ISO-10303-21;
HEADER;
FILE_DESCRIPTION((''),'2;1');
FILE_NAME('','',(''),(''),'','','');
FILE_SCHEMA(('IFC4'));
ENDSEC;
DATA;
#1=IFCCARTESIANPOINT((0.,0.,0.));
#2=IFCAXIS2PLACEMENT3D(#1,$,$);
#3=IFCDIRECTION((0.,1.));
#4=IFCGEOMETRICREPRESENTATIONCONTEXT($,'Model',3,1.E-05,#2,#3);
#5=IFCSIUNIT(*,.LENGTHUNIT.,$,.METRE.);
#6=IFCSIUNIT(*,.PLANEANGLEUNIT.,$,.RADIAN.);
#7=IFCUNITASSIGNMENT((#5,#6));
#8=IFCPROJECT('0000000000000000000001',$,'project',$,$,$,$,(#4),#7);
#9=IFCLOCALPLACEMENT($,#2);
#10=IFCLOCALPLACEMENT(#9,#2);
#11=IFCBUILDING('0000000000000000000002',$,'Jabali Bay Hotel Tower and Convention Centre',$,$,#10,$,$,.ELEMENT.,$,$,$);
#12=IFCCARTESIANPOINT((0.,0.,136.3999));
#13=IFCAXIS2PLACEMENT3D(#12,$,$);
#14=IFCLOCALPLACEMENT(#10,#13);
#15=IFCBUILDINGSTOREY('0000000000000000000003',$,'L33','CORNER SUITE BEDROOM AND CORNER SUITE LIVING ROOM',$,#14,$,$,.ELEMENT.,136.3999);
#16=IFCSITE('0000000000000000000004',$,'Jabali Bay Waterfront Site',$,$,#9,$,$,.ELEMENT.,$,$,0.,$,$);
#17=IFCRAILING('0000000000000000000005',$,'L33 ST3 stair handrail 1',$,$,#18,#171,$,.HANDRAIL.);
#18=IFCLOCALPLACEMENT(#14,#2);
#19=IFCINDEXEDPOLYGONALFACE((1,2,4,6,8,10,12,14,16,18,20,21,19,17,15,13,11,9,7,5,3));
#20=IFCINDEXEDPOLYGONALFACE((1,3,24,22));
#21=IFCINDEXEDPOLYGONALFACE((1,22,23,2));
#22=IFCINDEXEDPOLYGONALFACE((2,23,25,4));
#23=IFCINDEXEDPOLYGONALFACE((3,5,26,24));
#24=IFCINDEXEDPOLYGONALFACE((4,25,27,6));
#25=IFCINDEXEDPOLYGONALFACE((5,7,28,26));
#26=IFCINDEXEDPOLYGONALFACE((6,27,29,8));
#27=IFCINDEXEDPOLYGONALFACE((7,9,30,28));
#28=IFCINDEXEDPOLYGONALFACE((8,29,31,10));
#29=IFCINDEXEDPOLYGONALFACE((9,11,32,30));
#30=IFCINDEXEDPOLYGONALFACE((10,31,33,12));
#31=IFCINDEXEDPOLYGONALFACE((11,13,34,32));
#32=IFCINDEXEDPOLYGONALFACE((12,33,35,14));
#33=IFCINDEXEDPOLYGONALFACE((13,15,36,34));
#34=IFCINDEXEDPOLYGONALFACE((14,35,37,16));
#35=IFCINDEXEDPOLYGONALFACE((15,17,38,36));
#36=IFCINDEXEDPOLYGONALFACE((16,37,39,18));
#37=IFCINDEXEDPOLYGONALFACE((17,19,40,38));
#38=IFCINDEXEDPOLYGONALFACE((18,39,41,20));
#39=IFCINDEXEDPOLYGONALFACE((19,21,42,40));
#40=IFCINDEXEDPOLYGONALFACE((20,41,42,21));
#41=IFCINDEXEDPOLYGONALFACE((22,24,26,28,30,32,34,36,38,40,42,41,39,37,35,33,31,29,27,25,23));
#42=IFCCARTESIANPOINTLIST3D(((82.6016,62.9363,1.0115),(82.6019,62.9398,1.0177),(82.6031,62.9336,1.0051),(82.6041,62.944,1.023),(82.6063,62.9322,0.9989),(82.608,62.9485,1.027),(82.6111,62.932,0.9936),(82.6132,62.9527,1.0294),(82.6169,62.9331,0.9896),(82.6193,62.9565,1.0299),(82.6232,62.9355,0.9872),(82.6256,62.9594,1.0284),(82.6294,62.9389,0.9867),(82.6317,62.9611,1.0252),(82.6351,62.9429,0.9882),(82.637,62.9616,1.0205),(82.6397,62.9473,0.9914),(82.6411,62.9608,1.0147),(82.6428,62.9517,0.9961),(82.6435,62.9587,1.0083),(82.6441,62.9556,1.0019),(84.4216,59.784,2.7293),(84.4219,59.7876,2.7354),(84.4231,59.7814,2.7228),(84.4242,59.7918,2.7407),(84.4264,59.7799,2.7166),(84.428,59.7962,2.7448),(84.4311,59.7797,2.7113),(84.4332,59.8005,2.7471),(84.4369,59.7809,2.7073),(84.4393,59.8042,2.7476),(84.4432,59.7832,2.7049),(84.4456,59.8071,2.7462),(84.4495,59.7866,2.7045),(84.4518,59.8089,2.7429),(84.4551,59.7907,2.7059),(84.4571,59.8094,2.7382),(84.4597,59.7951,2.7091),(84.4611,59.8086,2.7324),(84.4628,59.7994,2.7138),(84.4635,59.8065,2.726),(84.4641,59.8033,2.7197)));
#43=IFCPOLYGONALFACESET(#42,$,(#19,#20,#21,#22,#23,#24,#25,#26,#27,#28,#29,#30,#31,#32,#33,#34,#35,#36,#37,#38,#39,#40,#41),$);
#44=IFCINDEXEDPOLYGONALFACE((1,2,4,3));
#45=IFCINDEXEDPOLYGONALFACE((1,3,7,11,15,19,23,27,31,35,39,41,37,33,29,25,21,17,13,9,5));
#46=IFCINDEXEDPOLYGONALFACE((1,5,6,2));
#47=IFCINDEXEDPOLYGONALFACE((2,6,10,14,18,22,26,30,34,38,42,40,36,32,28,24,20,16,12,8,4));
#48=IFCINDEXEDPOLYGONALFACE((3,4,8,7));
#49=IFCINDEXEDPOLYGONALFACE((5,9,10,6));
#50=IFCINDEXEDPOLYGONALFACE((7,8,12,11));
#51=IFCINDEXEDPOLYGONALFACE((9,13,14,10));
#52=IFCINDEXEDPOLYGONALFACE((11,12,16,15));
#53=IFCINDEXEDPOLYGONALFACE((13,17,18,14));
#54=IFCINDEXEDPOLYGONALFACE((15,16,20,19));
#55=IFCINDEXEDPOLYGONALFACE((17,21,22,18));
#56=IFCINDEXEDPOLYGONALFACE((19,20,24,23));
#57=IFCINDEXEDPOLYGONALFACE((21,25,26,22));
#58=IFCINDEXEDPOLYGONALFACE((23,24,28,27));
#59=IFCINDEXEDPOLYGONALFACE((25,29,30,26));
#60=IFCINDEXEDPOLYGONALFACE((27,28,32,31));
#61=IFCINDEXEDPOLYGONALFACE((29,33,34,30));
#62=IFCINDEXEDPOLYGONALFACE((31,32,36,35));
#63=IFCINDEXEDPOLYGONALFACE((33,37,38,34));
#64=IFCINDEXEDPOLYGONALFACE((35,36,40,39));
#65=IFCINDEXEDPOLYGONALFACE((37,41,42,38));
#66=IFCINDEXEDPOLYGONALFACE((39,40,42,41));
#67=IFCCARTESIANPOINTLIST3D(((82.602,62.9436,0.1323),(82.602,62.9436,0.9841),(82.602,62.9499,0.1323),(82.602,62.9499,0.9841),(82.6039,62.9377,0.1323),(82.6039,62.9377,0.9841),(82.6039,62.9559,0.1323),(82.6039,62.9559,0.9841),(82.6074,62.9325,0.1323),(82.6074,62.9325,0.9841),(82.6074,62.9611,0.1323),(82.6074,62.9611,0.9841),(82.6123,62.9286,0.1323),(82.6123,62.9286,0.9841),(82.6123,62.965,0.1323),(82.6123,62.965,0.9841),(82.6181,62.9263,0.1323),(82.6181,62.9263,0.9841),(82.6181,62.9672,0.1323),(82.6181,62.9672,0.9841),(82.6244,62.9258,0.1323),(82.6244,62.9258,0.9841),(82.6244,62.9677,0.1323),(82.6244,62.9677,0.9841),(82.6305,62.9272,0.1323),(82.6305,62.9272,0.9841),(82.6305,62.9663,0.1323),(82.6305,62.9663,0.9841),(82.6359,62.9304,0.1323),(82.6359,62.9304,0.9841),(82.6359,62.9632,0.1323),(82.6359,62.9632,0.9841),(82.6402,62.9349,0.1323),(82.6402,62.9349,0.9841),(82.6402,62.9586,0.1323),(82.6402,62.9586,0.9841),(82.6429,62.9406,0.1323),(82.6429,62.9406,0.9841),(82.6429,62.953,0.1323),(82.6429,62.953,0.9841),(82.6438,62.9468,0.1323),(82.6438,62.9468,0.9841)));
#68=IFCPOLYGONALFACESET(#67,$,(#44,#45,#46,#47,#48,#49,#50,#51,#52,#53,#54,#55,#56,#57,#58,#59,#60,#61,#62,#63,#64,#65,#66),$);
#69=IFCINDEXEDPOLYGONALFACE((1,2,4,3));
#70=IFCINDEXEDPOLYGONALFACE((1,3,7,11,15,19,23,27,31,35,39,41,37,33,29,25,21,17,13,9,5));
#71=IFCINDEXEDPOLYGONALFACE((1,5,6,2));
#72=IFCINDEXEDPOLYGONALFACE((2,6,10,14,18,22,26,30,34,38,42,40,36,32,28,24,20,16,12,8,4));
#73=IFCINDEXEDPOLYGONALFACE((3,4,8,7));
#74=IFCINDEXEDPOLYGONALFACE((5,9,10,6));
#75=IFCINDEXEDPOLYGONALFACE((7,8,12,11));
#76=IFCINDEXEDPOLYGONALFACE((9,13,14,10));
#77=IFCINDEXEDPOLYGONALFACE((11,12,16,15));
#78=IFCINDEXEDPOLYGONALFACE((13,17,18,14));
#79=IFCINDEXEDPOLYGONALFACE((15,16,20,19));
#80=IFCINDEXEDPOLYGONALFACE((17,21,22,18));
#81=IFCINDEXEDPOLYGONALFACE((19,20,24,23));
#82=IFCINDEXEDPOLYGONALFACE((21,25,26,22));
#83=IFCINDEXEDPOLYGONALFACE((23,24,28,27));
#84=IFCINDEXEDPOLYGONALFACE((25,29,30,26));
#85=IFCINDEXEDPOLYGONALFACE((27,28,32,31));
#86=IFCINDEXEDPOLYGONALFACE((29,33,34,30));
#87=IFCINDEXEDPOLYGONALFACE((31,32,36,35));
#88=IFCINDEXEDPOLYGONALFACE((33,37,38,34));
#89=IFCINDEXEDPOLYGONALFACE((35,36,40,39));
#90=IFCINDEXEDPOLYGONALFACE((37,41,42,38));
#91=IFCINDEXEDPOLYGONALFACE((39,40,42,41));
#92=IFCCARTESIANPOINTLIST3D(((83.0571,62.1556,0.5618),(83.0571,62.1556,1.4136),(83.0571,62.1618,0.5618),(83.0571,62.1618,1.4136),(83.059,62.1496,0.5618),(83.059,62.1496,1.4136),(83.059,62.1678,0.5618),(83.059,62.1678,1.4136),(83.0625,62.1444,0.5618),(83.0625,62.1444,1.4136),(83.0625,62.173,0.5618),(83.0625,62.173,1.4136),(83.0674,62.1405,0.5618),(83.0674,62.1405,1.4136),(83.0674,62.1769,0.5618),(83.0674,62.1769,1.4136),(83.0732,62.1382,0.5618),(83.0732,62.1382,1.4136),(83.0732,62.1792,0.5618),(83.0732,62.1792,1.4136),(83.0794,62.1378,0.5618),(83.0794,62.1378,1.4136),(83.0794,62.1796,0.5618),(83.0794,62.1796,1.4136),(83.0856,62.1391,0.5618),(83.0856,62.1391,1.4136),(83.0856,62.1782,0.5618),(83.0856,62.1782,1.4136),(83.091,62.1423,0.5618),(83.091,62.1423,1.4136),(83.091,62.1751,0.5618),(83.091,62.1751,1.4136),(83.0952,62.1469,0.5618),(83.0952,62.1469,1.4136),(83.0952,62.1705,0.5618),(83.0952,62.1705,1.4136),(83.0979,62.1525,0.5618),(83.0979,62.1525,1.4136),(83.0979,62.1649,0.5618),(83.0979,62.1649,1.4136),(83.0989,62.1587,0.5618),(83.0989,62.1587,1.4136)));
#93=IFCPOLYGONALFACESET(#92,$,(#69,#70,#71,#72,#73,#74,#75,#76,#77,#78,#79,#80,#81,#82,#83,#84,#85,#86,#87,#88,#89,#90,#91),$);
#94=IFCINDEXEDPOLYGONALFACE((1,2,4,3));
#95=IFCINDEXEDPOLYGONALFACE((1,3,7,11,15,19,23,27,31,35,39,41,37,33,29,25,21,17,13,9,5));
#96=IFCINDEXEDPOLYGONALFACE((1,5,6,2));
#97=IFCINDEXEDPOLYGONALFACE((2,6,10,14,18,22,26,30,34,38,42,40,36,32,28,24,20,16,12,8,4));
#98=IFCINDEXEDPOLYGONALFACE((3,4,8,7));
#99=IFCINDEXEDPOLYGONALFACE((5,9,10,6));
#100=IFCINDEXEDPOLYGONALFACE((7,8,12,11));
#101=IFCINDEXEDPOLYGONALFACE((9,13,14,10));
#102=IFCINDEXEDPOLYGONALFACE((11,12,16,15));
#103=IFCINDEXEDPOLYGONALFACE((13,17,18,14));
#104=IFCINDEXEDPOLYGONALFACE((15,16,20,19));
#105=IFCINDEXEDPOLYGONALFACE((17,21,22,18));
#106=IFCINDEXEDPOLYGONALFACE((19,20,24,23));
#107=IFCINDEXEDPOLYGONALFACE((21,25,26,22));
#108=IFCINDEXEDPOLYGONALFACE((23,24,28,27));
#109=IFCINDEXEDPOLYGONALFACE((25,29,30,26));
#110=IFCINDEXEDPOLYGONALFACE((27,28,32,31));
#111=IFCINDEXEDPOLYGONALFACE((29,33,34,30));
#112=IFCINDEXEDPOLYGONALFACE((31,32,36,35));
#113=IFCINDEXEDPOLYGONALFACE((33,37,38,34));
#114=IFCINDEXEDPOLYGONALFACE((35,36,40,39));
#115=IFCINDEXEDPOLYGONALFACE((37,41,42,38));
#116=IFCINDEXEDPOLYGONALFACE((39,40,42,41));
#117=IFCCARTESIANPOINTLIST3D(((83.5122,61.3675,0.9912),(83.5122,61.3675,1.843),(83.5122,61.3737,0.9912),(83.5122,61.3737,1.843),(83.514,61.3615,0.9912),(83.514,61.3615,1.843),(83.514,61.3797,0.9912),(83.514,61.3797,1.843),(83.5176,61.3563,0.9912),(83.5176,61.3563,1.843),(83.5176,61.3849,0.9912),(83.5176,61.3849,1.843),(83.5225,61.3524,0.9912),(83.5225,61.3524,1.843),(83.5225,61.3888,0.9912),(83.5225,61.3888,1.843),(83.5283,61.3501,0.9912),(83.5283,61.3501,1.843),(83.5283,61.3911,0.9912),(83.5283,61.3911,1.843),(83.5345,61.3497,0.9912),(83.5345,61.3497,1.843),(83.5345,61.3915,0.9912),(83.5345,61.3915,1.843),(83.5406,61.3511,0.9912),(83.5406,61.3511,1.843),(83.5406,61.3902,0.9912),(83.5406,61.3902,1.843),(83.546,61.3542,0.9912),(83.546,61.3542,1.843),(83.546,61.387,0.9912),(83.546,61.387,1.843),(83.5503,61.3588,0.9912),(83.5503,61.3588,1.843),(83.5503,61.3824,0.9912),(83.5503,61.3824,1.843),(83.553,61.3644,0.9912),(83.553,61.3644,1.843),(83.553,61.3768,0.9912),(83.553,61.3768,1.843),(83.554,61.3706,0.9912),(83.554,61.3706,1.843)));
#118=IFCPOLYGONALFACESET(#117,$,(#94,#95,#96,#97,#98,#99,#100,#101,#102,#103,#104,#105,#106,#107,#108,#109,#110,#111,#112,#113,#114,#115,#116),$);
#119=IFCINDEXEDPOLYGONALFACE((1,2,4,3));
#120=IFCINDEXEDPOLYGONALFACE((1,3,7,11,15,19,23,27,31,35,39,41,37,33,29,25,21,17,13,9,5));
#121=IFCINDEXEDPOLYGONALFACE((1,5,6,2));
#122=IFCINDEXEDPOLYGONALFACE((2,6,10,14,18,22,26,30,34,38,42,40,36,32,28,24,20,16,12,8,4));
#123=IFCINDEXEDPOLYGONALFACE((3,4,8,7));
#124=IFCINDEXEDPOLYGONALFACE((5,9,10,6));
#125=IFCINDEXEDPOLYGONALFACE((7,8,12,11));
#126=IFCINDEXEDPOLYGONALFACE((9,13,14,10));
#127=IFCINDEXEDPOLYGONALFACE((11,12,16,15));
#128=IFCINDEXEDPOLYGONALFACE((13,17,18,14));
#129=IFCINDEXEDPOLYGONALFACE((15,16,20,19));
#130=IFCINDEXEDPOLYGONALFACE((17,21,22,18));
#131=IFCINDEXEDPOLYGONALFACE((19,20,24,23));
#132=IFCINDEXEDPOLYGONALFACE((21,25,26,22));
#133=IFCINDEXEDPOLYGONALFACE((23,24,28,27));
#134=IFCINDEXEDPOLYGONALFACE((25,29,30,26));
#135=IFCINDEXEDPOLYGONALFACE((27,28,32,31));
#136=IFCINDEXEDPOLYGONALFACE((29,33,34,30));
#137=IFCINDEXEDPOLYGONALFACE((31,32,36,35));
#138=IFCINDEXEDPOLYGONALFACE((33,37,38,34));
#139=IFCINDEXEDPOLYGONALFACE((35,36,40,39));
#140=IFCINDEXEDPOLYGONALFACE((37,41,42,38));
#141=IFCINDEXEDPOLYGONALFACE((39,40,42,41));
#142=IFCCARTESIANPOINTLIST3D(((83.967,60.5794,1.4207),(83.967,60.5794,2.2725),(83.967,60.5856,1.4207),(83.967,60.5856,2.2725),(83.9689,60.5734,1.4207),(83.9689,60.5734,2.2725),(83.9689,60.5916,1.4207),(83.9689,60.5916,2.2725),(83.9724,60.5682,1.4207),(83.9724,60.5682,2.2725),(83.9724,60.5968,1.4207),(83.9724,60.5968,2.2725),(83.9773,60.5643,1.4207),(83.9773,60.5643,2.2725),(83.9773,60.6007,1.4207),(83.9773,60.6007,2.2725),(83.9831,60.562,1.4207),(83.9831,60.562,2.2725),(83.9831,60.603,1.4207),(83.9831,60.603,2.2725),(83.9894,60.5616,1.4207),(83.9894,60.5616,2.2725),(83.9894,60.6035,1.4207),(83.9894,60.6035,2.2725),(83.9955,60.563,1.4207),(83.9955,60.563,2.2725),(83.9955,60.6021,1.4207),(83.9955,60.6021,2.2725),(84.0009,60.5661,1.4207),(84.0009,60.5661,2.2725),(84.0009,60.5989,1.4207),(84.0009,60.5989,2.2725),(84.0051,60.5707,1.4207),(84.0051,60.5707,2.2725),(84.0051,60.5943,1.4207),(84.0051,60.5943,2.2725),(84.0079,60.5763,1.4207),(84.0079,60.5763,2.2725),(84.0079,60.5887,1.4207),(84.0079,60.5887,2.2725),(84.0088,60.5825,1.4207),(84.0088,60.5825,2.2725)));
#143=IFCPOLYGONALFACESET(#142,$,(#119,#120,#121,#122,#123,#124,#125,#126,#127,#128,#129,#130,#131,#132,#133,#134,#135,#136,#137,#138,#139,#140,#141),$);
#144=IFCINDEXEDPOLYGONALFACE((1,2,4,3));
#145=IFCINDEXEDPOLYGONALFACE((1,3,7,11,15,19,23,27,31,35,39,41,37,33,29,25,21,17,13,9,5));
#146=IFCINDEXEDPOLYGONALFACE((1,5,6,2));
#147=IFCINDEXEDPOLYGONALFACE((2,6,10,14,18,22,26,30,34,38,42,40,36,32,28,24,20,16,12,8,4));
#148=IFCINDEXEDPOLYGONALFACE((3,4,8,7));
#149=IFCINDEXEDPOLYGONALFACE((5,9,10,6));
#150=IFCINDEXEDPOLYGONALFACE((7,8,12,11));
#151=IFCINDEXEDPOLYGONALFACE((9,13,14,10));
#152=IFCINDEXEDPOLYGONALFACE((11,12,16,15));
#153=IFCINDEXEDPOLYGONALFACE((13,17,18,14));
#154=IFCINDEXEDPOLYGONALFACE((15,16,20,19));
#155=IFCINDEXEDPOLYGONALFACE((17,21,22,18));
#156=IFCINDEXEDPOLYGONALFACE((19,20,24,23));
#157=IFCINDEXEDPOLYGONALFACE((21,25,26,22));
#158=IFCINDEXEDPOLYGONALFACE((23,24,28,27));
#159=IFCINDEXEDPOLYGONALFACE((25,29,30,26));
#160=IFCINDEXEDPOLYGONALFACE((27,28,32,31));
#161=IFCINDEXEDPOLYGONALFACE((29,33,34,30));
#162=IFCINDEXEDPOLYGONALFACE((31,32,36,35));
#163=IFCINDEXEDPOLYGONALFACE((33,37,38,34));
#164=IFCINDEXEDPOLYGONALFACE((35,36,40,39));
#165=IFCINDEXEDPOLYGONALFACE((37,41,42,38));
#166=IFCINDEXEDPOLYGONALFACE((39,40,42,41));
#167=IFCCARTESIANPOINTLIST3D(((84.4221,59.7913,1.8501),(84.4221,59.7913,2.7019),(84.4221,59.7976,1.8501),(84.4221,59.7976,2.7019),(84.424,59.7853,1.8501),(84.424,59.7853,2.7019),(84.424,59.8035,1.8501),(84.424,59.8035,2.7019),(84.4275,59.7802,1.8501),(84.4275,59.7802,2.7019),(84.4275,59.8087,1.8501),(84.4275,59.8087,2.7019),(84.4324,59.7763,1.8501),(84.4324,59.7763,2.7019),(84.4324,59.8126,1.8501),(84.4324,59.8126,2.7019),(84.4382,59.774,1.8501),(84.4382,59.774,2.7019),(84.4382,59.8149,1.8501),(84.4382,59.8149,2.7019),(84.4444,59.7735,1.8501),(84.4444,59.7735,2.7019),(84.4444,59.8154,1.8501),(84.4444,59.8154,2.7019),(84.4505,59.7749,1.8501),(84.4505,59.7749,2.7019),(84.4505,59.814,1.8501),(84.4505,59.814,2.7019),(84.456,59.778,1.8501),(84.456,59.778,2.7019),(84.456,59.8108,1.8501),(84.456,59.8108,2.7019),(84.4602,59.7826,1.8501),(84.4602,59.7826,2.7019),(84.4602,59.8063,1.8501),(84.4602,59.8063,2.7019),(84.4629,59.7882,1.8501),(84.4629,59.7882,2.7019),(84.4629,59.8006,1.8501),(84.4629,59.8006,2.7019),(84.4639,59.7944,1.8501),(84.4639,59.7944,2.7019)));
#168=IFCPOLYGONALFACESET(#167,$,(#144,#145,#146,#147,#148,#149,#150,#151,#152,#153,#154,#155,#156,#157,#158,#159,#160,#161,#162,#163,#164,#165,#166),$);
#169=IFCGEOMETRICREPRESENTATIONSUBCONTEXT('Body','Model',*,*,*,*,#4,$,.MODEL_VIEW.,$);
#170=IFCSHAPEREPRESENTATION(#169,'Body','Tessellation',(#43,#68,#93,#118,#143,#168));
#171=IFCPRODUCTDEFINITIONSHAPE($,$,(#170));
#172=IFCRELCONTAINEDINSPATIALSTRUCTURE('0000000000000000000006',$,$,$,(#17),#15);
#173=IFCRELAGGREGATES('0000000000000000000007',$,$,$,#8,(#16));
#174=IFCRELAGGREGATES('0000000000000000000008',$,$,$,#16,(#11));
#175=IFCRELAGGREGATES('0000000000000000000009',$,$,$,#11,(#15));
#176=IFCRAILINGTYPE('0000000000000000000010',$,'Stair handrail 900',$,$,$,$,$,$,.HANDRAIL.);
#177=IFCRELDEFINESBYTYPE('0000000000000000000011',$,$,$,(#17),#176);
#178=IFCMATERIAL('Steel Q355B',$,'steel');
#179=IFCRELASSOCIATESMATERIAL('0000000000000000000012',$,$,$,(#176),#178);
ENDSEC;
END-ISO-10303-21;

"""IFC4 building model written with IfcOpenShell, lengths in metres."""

from ifc_helpers import new_model, si_unit, direction, frame, origin, origin_2d, place, context, subcontext, project, spatial, circle, extrude, material, type_object, element, save


model = new_model("IFC4")

# Units and contexts
model_context = context("Model", 3, precision=1e-05, world=origin(), true_north=direction((0.0, 1.0)))
body_context = subcontext(model_context, "Body", "Model", "MODEL_VIEW")
ifc_project = project(units=[si_unit("LENGTHUNIT", "METRE"), si_unit("PLANEANGLEUNIT", "RADIAN")], contexts=[model_context])

# Site, building, storey
site_placement = place(None, origin())
site = spatial("IfcSite", under=ifc_project, at=site_placement, Name="Jabali Bay Waterfront Site", CompositionType="ELEMENT", RefElevation=0.0)
building_placement = place(site_placement, origin())
building = spatial("IfcBuilding", under=site, at=building_placement, Name="Jabali Bay Hotel Tower and Convention Centre", CompositionType="ELEMENT")
storey_placement = place(building_placement, frame((0.0, 0.0, 136.3999)))
storey = spatial("IfcBuildingStorey", under=building, at=storey_placement, Name="L33", Description="CORNER SUITE BEDROOM AND CORNER SUITE LIVING ROOM", CompositionType="ELEMENT", Elevation=136.3999)

# Railing
ifc_material_1 = material(Name="Steel Q355B", Category="steel")
railing_type_1 = type_object("IfcRailingType", Name="Stair handrail 900", PredefinedType="HANDRAIL", material=ifc_material_1)
railing_1_placement = place(storey_placement, frame((82.6228, 62.9468, 0.1323)))
element("IfcRailing", 1, at=railing_1_placement, inside=storey, type_object=railing_type_1, Name="L33 ST3 stair handrail 1", PredefinedType="HANDRAIL", context=body_context, shape_type="SweptSolid", body=[
    extrude(circle(Radius=0.0239, at=origin_2d()), frame((0.0, 0.0, 0.876), z_axis=(0.45219, -0.78319, 0.426775), x_axis=(0.866018, 0.500013, 0.0)), (0.0, 0.0, 1.0), 4.0249),
    extrude(circle(Radius=0.021, at=origin_2d()), origin(), (0.0, 0.0, 1.0), 0.8518),
    extrude(circle(Radius=0.021, at=origin_2d()), frame((0.4551, -0.7881, 0.4294)), (0.0, 0.0, 1.0), 0.8518),
    extrude(circle(Radius=0.021, at=origin_2d()), frame((0.9102, -1.5762, 0.8589)), (0.0, 0.0, 1.0), 0.8518),
    extrude(circle(Radius=0.021, at=origin_2d()), frame((1.365, -2.3643, 1.2883)), (0.0, 0.0, 1.0), 0.8518),
    extrude(circle(Radius=0.021, at=origin_2d()), frame((1.8201, -3.1523, 1.7178)), (0.0, 0.0, 1.0), 0.8518),
])

save(model, "model.ifc")
